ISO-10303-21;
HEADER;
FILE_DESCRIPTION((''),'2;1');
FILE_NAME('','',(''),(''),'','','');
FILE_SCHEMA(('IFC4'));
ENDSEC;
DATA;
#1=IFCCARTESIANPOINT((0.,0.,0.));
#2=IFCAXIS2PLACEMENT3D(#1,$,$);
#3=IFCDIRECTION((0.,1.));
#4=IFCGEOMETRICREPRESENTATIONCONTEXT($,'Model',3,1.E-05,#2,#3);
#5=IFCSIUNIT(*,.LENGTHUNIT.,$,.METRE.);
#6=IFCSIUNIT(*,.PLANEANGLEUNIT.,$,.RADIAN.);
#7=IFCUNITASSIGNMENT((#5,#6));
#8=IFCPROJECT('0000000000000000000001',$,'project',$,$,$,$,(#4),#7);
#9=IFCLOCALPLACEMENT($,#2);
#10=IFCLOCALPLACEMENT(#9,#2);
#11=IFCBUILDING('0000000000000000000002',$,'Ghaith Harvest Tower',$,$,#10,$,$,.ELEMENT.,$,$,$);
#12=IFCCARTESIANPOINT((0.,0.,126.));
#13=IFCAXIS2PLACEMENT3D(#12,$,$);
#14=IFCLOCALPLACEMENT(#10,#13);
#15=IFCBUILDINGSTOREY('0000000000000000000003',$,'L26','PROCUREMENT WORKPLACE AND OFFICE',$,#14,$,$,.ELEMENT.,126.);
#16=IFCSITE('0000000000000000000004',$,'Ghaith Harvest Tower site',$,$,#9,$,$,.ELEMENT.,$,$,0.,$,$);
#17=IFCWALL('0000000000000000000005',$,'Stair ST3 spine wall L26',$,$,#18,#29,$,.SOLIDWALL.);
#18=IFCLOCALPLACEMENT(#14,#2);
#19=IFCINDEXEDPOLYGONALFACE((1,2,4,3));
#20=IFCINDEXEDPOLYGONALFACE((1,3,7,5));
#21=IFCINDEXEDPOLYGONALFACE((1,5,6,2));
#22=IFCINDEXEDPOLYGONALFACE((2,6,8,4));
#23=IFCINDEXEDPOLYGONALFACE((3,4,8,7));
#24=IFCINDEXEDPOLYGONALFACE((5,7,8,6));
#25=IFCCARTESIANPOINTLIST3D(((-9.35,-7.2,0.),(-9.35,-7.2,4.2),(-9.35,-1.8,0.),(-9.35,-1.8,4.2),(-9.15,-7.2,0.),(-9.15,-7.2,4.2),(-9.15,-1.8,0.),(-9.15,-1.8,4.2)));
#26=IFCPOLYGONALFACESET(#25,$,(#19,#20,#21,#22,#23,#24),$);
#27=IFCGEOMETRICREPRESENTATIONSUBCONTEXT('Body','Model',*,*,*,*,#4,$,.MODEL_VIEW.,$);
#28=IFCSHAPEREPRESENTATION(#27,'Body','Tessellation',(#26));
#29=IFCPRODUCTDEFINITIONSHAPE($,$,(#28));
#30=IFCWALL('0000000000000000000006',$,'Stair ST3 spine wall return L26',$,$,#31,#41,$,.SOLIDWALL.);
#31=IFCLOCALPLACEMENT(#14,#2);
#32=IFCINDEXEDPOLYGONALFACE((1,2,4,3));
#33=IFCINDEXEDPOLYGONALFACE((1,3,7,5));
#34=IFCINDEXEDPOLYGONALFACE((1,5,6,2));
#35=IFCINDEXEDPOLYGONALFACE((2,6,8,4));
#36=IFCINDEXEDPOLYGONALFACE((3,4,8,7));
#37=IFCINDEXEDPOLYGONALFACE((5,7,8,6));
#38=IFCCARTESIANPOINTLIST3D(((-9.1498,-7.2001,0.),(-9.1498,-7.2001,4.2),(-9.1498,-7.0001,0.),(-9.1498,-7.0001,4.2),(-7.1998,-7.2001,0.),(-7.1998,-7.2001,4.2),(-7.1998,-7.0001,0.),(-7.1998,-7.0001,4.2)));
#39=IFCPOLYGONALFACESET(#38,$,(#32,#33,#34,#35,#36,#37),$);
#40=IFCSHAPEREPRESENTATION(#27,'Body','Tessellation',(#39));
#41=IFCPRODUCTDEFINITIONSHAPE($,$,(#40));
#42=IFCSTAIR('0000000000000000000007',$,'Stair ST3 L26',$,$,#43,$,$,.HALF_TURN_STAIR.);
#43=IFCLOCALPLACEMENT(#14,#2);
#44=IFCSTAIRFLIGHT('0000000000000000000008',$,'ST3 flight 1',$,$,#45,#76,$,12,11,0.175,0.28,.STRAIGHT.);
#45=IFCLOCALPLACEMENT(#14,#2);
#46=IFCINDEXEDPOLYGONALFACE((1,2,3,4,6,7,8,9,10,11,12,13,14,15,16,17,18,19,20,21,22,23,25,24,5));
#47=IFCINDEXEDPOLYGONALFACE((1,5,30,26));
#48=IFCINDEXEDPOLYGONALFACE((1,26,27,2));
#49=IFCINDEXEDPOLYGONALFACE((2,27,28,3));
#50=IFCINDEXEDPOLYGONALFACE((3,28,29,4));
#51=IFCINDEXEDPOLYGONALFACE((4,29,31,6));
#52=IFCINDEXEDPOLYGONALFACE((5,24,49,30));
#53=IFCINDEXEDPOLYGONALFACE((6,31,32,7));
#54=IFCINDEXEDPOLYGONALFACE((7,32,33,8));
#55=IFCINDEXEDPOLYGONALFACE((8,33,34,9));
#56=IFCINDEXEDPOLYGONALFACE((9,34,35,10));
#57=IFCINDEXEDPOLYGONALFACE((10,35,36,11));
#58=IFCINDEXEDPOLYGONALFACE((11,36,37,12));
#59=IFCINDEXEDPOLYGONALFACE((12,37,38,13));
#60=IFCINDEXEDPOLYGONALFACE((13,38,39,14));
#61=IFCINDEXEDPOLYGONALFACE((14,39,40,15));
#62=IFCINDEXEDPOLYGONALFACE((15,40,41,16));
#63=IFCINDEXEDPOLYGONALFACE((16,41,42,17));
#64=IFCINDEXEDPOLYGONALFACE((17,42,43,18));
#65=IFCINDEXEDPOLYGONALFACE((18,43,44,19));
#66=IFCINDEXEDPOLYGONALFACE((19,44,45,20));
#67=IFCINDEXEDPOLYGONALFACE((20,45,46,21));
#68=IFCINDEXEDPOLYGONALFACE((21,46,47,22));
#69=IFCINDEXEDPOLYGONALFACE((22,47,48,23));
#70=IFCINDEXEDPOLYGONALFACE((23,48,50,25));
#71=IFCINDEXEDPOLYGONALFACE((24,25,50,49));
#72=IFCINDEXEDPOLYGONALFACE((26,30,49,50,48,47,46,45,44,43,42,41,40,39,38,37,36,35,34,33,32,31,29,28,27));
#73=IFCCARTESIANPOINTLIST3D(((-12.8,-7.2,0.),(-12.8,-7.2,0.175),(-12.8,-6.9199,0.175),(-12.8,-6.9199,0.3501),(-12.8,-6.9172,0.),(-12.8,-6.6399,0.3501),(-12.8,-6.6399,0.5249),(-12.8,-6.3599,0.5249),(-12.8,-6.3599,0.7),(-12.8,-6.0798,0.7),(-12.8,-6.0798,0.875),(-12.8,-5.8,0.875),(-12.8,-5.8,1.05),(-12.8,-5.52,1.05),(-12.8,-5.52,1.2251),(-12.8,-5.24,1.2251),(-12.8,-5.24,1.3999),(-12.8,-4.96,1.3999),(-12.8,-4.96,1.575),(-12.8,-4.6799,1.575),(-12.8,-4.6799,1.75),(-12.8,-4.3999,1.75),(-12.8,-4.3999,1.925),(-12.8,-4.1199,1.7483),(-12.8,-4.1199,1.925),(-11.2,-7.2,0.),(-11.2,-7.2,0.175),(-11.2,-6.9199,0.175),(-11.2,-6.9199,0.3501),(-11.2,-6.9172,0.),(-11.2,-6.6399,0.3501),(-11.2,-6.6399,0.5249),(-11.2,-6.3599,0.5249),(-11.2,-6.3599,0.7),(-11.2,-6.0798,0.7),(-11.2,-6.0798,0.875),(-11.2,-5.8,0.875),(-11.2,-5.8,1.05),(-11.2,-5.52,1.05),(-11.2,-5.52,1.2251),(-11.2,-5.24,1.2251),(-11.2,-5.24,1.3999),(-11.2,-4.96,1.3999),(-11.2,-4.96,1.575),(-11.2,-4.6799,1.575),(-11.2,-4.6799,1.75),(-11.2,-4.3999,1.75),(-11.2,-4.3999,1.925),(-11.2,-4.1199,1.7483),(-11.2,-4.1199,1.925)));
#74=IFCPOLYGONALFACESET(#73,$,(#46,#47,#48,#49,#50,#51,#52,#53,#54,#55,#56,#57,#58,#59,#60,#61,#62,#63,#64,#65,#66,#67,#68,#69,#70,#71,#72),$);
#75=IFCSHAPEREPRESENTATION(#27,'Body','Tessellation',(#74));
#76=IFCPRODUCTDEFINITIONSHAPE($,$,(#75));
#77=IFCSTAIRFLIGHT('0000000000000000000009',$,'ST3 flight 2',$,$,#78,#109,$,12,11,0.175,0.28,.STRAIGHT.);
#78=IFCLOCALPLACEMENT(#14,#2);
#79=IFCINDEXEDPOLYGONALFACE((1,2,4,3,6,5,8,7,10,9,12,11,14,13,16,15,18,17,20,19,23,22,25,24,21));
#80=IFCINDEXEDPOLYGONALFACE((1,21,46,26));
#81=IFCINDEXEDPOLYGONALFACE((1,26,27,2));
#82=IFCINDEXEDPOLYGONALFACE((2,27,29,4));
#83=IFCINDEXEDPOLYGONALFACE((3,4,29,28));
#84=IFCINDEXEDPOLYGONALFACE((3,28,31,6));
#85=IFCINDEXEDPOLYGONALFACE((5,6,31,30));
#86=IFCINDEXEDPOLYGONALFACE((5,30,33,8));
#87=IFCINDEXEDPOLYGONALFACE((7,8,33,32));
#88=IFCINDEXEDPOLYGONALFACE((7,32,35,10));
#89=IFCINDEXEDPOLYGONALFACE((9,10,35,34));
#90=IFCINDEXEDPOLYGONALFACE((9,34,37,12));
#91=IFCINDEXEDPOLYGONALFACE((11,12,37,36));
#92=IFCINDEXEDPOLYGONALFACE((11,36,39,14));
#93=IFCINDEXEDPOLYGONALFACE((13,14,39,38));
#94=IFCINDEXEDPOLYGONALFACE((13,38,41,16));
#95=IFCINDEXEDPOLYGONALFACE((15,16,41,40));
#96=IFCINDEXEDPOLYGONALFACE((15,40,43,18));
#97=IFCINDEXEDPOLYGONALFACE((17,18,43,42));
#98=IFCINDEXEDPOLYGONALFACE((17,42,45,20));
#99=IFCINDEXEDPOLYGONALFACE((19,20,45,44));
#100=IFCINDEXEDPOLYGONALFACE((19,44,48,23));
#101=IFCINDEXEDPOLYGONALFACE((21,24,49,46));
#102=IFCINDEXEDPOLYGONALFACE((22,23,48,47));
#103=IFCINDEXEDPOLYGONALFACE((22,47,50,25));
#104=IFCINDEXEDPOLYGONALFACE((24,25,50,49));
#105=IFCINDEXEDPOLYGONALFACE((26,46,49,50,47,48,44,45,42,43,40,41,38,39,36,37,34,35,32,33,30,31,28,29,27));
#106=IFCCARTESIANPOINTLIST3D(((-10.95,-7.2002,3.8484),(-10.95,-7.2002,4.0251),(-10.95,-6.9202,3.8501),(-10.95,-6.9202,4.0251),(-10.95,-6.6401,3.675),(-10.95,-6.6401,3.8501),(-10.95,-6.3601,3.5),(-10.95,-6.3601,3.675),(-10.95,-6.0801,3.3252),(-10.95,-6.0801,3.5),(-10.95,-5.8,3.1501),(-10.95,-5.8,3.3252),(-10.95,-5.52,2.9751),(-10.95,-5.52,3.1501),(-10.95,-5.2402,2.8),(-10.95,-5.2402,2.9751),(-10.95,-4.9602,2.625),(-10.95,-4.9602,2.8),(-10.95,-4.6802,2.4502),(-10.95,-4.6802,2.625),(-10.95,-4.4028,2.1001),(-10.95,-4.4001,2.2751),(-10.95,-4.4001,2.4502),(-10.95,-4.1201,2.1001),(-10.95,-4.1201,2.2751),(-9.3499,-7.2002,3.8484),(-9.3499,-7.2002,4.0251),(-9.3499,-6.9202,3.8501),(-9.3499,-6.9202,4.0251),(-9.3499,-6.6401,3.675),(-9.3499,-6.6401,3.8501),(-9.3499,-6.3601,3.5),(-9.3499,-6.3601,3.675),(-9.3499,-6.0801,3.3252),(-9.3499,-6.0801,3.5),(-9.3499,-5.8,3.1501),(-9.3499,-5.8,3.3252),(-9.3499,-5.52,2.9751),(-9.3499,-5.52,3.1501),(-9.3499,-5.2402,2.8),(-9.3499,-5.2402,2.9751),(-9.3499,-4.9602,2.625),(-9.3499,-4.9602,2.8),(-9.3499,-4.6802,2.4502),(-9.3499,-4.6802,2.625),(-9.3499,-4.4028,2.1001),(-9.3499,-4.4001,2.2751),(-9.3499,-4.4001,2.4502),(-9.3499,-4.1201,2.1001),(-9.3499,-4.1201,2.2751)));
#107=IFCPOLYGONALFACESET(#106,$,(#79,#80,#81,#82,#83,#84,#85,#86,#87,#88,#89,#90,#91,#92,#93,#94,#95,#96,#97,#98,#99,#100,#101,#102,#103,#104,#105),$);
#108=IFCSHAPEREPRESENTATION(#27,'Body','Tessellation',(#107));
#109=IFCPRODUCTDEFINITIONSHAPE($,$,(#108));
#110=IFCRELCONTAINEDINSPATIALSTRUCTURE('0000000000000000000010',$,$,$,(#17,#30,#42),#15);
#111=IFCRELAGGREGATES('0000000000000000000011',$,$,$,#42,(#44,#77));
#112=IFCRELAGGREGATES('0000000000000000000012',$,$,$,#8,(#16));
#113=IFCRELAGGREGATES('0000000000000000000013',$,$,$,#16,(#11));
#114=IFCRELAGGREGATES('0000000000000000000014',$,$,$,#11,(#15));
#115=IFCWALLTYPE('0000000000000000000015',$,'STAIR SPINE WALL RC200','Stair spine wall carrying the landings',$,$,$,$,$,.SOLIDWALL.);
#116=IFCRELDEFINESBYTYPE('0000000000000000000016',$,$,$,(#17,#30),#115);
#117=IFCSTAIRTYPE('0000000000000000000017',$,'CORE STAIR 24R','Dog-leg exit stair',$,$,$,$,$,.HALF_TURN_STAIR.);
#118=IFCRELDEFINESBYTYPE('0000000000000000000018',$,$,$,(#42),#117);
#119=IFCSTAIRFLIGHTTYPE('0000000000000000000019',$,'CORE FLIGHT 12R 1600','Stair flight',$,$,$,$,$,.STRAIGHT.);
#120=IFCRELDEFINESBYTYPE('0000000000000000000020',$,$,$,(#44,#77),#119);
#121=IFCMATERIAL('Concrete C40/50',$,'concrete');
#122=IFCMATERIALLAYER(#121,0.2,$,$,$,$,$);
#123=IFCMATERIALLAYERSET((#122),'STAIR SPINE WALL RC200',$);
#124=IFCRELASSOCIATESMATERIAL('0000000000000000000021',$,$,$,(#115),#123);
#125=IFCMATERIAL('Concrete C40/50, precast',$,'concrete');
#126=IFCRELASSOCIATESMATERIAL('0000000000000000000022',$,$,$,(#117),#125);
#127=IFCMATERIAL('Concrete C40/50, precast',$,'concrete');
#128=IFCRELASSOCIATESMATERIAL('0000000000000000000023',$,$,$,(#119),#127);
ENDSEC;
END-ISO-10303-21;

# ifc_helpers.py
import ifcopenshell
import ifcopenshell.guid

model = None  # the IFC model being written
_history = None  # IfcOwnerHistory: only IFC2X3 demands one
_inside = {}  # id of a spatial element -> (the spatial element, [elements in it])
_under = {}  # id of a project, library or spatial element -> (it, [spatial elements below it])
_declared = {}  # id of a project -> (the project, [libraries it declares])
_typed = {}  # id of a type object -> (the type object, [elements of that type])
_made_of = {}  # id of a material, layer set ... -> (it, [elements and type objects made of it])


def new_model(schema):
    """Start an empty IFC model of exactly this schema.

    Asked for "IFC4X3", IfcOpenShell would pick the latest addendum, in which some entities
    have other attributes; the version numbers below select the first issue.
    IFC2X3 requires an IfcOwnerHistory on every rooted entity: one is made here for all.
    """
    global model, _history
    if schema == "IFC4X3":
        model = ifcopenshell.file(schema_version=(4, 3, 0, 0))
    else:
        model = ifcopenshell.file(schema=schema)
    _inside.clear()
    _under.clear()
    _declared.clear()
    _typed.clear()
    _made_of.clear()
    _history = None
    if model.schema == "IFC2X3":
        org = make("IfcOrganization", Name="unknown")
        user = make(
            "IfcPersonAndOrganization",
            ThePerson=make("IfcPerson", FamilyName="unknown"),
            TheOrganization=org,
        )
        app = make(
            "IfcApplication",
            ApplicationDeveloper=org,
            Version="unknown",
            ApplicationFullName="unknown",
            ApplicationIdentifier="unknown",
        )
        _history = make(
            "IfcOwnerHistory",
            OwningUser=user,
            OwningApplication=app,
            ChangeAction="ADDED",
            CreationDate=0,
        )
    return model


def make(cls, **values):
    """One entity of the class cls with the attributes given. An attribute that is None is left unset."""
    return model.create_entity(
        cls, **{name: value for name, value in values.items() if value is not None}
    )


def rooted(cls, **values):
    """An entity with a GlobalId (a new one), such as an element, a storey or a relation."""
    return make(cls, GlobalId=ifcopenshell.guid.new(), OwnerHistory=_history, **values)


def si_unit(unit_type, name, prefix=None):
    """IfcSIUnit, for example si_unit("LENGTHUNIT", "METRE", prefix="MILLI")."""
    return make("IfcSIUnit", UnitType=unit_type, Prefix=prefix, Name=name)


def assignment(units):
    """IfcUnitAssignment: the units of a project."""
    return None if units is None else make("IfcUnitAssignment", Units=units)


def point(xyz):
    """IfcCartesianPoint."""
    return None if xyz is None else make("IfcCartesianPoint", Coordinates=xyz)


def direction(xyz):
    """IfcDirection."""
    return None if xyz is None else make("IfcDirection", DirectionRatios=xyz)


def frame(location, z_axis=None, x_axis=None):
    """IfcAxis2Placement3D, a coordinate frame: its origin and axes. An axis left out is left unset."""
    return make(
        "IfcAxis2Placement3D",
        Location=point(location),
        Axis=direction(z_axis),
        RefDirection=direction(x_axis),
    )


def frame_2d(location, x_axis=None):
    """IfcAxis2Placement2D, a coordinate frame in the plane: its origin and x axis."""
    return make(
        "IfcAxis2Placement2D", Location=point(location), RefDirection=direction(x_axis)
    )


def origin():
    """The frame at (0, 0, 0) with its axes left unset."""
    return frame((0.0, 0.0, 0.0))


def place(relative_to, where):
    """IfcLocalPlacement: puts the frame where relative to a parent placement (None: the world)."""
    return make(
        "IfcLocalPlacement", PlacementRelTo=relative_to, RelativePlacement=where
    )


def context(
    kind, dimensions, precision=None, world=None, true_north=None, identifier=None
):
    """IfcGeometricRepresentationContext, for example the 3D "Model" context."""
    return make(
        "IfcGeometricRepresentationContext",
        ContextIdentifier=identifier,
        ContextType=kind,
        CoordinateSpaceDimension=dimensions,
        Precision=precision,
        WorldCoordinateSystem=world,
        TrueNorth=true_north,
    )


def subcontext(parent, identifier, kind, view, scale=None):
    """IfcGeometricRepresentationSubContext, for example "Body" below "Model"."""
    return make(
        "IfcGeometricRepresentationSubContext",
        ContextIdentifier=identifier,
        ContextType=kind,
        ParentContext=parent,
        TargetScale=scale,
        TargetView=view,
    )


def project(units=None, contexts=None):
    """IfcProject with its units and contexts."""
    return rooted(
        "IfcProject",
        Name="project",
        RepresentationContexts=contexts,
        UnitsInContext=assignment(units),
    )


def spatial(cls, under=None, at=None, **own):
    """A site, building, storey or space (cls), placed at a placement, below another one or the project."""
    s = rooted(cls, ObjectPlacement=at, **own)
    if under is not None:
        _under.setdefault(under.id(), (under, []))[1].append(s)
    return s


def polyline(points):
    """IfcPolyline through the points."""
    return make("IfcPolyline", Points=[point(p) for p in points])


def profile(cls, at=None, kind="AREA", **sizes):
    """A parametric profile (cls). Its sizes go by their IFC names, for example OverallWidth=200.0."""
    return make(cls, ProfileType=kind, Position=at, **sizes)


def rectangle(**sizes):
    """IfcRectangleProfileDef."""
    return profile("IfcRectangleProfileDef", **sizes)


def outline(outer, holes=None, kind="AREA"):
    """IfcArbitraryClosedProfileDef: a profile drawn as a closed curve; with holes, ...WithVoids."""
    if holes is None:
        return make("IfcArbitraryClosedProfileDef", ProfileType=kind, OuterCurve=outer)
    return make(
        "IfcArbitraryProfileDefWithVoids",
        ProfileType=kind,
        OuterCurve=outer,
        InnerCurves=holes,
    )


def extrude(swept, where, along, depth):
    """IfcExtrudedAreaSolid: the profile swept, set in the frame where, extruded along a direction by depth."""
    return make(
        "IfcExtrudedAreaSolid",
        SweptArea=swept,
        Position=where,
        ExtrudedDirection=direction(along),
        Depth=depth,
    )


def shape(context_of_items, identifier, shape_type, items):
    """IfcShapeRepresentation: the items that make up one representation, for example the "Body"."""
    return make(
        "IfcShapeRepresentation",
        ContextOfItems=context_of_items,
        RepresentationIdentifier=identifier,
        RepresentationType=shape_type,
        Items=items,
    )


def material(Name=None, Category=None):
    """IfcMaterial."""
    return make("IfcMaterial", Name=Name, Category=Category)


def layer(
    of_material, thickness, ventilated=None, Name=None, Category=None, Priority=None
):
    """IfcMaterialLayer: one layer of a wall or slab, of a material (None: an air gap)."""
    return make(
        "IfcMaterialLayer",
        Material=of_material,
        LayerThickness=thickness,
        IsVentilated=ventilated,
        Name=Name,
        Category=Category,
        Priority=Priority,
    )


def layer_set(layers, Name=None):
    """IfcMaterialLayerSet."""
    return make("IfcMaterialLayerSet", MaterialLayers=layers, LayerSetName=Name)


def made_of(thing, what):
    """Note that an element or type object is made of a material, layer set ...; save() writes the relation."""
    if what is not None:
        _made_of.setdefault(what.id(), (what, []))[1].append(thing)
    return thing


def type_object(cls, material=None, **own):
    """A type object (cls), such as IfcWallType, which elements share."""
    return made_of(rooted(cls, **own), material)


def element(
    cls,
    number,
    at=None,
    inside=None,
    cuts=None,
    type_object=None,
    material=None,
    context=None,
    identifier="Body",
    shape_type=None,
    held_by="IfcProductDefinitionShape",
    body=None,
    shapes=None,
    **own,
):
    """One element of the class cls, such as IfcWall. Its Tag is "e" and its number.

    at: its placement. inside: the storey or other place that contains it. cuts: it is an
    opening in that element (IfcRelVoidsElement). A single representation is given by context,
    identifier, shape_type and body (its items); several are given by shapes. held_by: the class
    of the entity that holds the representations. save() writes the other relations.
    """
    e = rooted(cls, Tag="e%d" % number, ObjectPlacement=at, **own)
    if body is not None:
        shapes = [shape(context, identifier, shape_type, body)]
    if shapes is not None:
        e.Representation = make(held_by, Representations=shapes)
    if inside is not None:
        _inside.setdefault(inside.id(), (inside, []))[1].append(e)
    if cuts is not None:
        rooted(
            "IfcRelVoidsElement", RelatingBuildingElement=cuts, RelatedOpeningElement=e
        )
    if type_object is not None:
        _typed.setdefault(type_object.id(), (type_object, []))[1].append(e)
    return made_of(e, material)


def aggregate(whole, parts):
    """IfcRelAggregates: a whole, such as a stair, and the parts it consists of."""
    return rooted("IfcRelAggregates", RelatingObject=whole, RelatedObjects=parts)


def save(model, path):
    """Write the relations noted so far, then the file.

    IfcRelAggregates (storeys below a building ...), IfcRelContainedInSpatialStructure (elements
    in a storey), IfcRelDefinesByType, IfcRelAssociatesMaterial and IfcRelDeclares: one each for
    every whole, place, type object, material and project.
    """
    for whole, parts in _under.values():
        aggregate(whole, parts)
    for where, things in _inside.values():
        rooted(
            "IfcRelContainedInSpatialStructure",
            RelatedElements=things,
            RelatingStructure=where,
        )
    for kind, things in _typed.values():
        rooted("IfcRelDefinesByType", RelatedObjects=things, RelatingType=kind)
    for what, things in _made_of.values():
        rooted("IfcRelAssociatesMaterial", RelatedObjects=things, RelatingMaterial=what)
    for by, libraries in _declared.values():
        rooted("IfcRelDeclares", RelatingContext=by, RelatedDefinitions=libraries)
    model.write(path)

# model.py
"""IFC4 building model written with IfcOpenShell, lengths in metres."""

from ifc_helpers import new_model, si_unit, direction, frame, frame_2d, origin, place, context, subcontext, project, spatial, polyline, rectangle, outline, extrude, material, layer, layer_set, type_object, element, aggregate, save


model = new_model("IFC4")

# Units and contexts
model_context = context("Model", 3, precision=1e-05, world=origin(), true_north=direction((0.0, 1.0)))
body_context = subcontext(model_context, "Body", "Model", "MODEL_VIEW")
ifc_project = project(units=[si_unit("LENGTHUNIT", "METRE"), si_unit("PLANEANGLEUNIT", "RADIAN")], contexts=[model_context])

# Site, building, storey
site_placement = place(None, origin())
site = spatial("IfcSite", under=ifc_project, at=site_placement, Name="Ghaith Harvest Tower site", CompositionType="ELEMENT", RefElevation=0.0)
building_placement = place(site_placement, origin())
building = spatial("IfcBuilding", under=site, at=building_placement, Name="Ghaith Harvest Tower", CompositionType="ELEMENT")
storey_placement = place(building_placement, frame((0.0, 0.0, 126.0)))
storey = spatial("IfcBuildingStorey", under=building, at=storey_placement, Name="L26", Description="PROCUREMENT WORKPLACE AND OFFICE", CompositionType="ELEMENT", Elevation=126.0)

# Walls
ifc_material_1 = material(Name="Concrete C40/50", Category="concrete")
ifc_layer_1 = layer(ifc_material_1, 0.2)
ifc_layer_set_1 = layer_set([ifc_layer_1], Name="STAIR SPINE WALL RC200")
wall_type_1 = type_object("IfcWallType", Name="STAIR SPINE WALL RC200", Description="Stair spine wall carrying the landings", PredefinedType="SOLIDWALL", material=ifc_layer_set_1)
wall_1_placement = place(storey_placement, frame((-9.25, -7.2, 0.0), z_axis=(0.0, 0.0, 1.0), x_axis=(0.0, 1.0, 0.0)))
element("IfcWall", 1, at=wall_1_placement, inside=storey, type_object=wall_type_1, Name="Stair ST3 spine wall L26", PredefinedType="SOLIDWALL", context=body_context, shape_type="SweptSolid", body=[
    extrude(rectangle(XDim=5.3999, YDim=0.2, at=frame_2d((2.7, 0.0))), origin(), (0.0, 0.0, 1.0), 4.2),
])
wall_2_placement = place(storey_placement, frame((-9.1499, -7.1001, 0.0), z_axis=(0.0, 0.0, 1.0), x_axis=(1.0, 0.0, 0.0)))
element("IfcWall", 2, at=wall_2_placement, inside=storey, type_object=wall_type_1, Name="Stair ST3 spine wall return L26", PredefinedType="SOLIDWALL", context=body_context, shape_type="SweptSolid", body=[
    extrude(rectangle(XDim=1.95, YDim=0.2, at=frame_2d((0.9751, 0.0))), origin(), (0.0, 0.0, 1.0), 4.2),
])

# Stair, stair flights
ifc_material_2 = material(Name="Concrete C40/50, precast", Category="concrete")
stair_type = type_object("IfcStairType", Name="CORE STAIR 24R", Description="Dog-leg exit stair", PredefinedType="HALF_TURN_STAIR", material=ifc_material_2)
stair_placement = place(storey_placement, origin())
stair = element("IfcStair", 3, at=stair_placement, inside=storey, type_object=stair_type, Name="Stair ST3 L26", PredefinedType="HALF_TURN_STAIR")
ifc_material_3 = material(Name="Concrete C40/50, precast", Category="concrete")
stair_flight_type = type_object("IfcStairFlightType", Name="CORE FLIGHT 12R 1600", Description="Stair flight", PredefinedType="STRAIGHT", material=ifc_material_3)
stair_flight_1_placement = place(storey_placement, frame((-12.0, -7.2, 0.0), z_axis=(0.0, 0.0, 1.0), x_axis=(0.0, 1.0, 0.0)))
stair_flight_1 = element("IfcStairFlight", 4, at=stair_flight_1_placement, type_object=stair_flight_type, Name="ST3 flight 1", NumberOfRisers=12, NumberOfTreads=11, PredefinedType="STRAIGHT", RiserHeight=0.175, TreadLength=0.28, context=body_context, shape_type="SweptSolid", body=[
    extrude(outline(polyline([(0.0, 0.0), (0.0, 0.175), (0.28, 0.175), (0.28, 0.3501), (0.5601, 0.3501), (0.5601, 0.5249), (0.8401, 0.5249), (0.8401, 0.7), (1.1201, 0.7), (1.1201, 0.875), (1.3999, 0.875), (1.3999, 1.05), (1.6799, 1.05), (1.6799, 1.2251), (1.96, 1.2251), (1.96, 1.3999), (2.24, 1.3999), (2.24, 1.575), (2.52, 1.575), (2.52, 1.75), (2.8, 1.75), (2.8, 1.925), (3.0801, 1.925), (3.0801, 2.1001), (3.0801, 1.7483), (0.2827, 0.0), (0.0, 0.0)])), frame((0.0, 0.8, 0.0), z_axis=(0.0, -1.0, 0.0), x_axis=(1.0, 0.0, 0.0)), (0.0, 0.0, 1.0), 1.6001),
])
stair_flight_2_placement = place(storey_placement, frame((-10.1499, -4.1201, 2.1001), z_axis=(0.0, 0.0, 1.0), x_axis=(0.0, -1.0, 0.0)))
stair_flight_2 = element("IfcStairFlight", 5, at=stair_flight_2_placement, type_object=stair_flight_type, Name="ST3 flight 2", NumberOfRisers=12, NumberOfTreads=11, PredefinedType="STRAIGHT", RiserHeight=0.175, TreadLength=0.28, context=body_context, shape_type="SweptSolid", body=[
    extrude(outline(polyline([(0.0, 0.0), (0.0, 0.175), (0.28, 0.175), (0.28, 0.3501), (0.5601, 0.3501), (0.5601, 0.5249), (0.8401, 0.5249), (0.8401, 0.7), (1.1201, 0.7), (1.1201, 0.875), (1.3999, 0.875), (1.3999, 1.05), (1.6799, 1.05), (1.6799, 1.2251), (1.96, 1.2251), (1.96, 1.3999), (2.24, 1.3999), (2.24, 1.575), (2.52, 1.575), (2.52, 1.75), (2.8, 1.75), (2.8, 1.925), (3.0801, 1.925), (3.0801, 2.1001), (3.0801, 1.7483), (0.2827, 0.0), (0.0, 0.0)])), frame((0.0, 0.8, 0.0), z_axis=(0.0, -1.0, 0.0), x_axis=(1.0, 0.0, 0.0)), (0.0, 0.0, 1.0), 1.6001),
])
aggregate(stair, [stair_flight_1, stair_flight_2])

save(model, "model.ifc")
